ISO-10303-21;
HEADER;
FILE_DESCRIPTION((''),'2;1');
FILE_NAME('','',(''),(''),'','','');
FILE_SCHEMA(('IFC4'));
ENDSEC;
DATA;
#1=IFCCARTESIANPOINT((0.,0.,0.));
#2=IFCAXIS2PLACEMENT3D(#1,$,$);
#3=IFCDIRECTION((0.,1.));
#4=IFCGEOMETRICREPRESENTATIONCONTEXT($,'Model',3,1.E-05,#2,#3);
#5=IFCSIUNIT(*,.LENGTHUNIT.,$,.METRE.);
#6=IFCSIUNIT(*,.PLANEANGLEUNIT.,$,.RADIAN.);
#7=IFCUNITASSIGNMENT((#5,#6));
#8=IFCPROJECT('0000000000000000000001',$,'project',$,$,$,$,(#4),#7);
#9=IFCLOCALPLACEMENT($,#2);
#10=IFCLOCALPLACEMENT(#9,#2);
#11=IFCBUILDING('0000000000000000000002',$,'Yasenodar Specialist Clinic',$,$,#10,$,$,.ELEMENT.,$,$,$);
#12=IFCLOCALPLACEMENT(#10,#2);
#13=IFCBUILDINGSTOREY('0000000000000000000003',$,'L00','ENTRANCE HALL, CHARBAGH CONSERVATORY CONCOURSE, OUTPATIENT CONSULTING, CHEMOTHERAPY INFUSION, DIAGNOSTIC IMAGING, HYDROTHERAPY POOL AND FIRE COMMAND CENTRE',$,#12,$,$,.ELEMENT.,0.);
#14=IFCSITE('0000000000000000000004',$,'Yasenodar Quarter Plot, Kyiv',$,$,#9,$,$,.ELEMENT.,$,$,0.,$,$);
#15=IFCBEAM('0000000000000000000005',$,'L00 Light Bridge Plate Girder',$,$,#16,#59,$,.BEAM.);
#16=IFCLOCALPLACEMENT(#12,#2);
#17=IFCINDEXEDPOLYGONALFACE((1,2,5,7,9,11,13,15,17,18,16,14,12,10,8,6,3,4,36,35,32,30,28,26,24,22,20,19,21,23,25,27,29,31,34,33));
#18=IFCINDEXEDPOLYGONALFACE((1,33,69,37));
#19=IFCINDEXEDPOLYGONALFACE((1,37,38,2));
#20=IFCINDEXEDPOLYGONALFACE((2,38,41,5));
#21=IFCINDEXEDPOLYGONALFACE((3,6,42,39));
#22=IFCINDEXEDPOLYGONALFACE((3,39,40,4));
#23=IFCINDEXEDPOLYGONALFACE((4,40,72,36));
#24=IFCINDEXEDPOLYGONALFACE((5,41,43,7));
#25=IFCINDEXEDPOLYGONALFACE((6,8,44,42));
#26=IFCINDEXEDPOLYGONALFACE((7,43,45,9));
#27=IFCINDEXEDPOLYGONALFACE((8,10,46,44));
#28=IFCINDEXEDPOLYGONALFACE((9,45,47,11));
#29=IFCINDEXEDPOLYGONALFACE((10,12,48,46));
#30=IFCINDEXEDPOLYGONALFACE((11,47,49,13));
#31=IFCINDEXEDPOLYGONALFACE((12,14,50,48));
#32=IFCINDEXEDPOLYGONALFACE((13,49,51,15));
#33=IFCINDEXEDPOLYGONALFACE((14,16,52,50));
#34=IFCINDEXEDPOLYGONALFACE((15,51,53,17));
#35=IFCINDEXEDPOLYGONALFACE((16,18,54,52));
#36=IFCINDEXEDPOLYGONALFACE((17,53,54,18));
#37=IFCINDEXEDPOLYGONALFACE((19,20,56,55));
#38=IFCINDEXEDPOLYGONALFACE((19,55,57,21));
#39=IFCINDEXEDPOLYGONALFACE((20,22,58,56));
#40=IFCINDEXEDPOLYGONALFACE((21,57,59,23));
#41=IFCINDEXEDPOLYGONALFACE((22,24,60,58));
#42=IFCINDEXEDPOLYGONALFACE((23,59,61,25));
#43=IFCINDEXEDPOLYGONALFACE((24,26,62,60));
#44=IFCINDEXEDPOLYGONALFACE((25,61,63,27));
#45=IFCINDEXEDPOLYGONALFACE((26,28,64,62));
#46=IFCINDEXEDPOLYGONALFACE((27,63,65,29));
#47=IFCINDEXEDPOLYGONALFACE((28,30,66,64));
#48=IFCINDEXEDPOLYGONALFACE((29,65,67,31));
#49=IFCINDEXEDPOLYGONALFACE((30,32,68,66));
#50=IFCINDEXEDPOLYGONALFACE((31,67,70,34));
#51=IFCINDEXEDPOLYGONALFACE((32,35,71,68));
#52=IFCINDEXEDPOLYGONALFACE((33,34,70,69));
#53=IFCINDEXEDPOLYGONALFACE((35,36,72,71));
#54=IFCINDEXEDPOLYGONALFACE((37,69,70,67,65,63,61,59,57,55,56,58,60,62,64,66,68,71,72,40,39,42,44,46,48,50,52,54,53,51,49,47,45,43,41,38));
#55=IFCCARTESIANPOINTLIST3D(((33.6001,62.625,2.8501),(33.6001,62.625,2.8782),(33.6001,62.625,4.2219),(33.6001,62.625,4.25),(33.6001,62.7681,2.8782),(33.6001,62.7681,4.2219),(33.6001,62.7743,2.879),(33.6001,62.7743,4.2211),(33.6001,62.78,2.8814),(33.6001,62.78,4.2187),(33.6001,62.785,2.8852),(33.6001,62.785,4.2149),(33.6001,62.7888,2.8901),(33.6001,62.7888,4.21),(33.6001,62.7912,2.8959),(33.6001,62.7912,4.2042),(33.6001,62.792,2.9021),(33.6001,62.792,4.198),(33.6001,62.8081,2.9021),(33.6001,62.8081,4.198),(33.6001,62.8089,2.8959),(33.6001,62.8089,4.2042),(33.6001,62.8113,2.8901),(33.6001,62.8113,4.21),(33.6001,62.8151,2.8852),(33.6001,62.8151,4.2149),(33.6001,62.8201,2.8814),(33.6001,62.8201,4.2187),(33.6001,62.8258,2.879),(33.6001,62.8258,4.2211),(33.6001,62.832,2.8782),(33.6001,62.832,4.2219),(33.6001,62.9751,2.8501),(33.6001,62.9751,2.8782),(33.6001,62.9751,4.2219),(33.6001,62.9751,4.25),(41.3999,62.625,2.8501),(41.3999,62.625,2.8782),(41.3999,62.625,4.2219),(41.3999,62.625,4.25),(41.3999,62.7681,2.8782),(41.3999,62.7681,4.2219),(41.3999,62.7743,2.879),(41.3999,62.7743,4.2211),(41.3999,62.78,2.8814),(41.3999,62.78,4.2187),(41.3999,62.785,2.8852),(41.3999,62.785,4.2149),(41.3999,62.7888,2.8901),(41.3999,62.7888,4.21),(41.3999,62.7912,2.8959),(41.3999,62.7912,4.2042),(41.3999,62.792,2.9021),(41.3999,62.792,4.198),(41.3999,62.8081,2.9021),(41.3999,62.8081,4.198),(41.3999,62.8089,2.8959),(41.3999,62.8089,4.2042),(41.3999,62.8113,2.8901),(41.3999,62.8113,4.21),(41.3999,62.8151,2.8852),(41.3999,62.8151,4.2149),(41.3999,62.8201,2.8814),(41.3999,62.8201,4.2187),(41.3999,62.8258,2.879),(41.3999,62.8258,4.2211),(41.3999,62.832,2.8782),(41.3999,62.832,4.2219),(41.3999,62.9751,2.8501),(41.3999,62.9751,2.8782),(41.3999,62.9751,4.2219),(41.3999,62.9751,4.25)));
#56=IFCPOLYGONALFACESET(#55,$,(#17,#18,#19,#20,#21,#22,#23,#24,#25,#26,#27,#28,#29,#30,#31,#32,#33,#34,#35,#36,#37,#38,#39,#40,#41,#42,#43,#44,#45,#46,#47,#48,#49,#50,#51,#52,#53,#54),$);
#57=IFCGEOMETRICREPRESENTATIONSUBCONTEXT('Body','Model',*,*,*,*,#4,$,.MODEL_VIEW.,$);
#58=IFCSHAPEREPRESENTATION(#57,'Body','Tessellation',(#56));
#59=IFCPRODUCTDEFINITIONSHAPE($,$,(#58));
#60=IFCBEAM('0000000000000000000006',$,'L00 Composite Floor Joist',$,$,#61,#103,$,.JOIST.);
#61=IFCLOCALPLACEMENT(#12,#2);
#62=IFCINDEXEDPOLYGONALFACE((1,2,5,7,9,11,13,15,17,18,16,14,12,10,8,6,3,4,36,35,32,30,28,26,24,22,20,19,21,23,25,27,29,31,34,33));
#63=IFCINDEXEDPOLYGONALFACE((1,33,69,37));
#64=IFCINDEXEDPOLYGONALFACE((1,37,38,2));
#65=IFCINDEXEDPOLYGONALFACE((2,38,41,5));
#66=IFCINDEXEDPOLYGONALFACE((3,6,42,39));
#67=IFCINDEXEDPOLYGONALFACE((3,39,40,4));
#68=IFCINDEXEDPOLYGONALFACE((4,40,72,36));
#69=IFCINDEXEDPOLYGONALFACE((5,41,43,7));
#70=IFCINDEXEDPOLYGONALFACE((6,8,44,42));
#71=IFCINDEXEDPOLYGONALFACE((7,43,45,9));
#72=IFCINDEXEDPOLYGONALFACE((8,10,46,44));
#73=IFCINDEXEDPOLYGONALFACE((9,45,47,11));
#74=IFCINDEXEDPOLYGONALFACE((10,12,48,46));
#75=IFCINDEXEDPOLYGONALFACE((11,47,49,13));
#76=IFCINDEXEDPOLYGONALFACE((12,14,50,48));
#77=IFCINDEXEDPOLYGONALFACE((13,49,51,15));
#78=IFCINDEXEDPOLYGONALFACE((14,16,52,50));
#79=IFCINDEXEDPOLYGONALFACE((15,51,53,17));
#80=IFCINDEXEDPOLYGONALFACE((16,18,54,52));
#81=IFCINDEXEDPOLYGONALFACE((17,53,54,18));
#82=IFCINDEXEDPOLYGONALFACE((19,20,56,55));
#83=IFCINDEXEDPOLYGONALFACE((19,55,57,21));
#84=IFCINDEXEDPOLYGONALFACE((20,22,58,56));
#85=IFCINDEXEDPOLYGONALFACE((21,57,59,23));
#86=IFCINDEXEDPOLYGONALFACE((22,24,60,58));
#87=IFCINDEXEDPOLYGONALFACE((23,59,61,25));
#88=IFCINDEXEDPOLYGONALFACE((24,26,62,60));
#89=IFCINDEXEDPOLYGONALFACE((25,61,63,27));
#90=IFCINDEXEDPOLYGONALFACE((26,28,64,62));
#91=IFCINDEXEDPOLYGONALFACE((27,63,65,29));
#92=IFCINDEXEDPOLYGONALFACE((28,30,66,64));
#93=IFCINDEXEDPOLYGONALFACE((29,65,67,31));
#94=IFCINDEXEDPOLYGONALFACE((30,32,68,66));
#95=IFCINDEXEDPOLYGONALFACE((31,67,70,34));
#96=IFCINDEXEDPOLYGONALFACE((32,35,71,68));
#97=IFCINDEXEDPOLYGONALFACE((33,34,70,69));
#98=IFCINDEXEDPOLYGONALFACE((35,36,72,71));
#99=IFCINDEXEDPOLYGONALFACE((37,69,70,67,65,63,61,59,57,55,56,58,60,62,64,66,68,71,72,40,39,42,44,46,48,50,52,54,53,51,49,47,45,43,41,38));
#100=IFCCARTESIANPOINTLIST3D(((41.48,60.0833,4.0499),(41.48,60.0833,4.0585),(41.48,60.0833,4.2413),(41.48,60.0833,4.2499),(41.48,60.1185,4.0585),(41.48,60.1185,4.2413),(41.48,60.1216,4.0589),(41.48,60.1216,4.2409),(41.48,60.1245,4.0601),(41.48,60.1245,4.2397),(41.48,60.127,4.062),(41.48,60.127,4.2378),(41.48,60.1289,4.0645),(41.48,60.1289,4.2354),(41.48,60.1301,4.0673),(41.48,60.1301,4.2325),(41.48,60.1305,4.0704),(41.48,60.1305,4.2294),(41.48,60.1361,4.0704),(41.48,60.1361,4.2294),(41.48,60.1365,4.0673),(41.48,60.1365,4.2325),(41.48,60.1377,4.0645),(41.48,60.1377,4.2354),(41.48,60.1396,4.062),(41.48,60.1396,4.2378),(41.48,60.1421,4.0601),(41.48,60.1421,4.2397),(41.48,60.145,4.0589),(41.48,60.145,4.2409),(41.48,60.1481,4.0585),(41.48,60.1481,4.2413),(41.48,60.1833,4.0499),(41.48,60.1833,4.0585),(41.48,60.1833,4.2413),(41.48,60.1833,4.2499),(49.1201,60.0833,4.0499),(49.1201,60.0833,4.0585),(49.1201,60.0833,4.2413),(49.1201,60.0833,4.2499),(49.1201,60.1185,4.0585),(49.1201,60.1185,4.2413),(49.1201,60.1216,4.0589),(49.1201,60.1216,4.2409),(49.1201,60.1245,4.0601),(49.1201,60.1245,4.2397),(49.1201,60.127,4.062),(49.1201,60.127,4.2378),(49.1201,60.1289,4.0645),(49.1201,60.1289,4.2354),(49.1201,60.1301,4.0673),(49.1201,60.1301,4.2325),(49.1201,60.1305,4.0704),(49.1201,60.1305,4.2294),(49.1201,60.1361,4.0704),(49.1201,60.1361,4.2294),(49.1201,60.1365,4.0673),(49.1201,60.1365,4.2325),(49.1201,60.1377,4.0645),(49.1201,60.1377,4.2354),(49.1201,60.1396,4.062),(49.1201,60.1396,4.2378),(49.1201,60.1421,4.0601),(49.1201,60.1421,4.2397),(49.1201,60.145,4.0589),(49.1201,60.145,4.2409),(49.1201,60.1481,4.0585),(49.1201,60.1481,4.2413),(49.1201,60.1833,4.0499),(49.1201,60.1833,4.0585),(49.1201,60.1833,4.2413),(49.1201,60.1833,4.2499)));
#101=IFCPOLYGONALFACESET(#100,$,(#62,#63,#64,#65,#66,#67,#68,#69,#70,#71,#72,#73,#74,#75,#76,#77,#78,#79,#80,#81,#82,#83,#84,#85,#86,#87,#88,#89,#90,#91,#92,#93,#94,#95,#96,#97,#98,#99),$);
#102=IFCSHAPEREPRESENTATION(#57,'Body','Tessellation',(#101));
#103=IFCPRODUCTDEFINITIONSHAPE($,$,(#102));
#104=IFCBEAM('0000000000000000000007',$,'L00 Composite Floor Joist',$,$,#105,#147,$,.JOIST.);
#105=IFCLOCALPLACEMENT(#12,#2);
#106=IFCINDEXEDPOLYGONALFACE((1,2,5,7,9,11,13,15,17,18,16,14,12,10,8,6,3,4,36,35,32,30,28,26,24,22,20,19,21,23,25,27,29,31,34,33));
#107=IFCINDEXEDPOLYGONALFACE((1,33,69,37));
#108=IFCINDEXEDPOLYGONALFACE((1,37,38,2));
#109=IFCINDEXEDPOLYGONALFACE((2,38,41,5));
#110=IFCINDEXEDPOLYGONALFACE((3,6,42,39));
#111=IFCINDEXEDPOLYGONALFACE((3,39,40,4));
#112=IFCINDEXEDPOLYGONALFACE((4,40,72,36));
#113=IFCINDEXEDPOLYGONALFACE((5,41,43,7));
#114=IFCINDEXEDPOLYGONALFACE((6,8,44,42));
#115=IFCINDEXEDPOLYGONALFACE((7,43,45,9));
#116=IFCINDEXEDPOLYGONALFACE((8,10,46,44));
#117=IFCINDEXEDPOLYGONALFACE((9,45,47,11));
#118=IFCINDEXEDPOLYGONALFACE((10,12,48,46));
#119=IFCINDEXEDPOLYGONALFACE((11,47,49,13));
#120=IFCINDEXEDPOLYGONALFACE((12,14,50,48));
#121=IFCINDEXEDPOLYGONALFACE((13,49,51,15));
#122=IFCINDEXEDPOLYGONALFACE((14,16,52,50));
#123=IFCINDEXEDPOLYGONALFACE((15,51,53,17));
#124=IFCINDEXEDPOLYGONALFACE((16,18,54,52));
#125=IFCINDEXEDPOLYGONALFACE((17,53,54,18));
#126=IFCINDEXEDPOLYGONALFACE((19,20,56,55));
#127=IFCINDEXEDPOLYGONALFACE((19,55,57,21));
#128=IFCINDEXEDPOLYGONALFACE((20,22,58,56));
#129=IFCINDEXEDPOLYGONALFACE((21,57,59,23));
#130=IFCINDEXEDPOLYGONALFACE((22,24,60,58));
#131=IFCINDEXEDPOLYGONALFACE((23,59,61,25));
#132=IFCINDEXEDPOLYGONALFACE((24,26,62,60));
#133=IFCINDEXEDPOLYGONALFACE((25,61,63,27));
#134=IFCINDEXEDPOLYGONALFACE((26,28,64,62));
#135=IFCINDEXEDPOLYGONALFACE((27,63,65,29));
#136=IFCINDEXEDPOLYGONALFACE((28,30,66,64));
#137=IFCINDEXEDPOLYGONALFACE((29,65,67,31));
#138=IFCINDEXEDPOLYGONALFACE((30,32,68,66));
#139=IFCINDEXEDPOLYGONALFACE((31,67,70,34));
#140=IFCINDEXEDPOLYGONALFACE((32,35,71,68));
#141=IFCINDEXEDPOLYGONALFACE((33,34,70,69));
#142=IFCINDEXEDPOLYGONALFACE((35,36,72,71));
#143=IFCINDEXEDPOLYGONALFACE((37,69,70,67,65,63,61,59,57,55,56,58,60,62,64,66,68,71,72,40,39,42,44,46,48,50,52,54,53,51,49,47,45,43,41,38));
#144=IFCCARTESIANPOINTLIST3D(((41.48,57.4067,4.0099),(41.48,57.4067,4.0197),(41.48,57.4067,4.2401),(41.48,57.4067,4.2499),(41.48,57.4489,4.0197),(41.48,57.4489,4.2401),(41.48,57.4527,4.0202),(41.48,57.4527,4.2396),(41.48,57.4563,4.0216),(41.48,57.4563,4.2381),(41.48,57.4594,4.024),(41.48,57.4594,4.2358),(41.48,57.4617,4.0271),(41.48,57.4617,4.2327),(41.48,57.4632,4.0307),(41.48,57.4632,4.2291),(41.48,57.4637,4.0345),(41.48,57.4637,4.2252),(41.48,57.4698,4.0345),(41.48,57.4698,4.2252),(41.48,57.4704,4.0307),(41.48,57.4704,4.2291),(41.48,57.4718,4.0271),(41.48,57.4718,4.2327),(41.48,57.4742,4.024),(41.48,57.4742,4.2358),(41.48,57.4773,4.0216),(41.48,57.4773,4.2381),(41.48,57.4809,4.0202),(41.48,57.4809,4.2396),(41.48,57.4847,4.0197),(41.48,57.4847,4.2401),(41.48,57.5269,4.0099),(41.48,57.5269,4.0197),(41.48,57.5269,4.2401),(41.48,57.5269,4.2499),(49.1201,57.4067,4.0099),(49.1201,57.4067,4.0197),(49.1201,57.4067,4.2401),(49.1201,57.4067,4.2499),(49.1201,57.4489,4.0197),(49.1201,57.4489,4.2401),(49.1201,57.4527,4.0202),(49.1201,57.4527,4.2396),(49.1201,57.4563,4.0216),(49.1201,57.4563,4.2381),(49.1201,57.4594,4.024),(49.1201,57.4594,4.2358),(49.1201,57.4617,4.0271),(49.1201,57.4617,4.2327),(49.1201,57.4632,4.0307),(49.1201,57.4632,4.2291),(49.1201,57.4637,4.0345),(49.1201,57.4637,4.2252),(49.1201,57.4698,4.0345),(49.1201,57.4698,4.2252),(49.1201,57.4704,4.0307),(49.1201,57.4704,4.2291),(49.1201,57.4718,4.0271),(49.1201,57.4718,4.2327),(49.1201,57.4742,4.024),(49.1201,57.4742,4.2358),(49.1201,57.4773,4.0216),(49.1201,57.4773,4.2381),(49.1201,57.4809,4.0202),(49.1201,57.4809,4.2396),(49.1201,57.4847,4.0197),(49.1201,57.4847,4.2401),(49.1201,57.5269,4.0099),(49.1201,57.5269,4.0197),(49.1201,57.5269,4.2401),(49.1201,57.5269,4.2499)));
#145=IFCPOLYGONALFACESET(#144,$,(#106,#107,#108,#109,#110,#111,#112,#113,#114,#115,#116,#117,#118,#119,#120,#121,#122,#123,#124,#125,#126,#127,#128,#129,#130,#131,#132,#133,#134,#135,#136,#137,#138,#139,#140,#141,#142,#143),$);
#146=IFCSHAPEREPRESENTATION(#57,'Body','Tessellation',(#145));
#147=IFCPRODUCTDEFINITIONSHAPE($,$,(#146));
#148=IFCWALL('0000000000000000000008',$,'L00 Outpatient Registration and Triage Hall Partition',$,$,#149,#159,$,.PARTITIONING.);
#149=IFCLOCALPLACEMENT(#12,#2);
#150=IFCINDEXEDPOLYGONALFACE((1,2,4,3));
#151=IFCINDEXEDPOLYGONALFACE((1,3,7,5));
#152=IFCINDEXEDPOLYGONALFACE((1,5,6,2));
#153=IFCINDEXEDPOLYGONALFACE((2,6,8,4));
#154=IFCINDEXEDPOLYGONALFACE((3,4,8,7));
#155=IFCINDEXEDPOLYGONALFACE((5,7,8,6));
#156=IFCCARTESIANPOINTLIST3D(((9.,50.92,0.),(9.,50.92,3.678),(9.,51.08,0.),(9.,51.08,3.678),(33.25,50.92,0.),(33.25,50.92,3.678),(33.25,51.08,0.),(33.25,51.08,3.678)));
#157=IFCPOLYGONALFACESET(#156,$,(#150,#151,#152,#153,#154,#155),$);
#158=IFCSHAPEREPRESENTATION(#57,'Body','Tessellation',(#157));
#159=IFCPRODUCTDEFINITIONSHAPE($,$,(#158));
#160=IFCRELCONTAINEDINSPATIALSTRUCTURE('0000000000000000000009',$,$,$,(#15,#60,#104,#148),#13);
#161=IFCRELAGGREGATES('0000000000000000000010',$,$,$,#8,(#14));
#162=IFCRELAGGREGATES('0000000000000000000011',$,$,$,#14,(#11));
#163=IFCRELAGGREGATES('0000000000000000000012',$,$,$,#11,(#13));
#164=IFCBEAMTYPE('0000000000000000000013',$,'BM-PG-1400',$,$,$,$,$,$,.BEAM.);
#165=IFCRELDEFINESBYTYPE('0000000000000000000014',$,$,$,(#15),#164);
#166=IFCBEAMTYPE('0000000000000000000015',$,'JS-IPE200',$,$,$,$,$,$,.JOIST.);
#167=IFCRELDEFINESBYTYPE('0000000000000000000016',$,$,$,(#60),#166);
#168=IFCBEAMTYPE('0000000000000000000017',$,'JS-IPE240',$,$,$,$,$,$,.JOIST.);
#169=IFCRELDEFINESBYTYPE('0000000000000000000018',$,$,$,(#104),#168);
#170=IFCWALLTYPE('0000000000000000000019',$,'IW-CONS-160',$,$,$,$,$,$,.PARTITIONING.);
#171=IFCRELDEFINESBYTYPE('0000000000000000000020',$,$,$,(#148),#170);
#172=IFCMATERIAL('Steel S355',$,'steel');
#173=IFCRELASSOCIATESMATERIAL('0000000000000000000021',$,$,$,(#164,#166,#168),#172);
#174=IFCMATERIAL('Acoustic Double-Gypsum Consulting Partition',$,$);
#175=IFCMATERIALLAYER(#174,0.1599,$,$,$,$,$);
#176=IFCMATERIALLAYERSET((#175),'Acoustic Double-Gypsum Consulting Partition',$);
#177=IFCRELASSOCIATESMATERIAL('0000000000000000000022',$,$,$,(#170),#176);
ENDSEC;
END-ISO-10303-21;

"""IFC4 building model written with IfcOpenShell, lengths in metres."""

from ifc_helpers import new_model, si_unit, direction, frame, frame_2d, origin, origin_2d, place, context, subcontext, project, spatial, rectangle, i_section, extrude, material, layer, layer_set, material_profile, profile_set, type_object, element, save


model = new_model("IFC4")

# Units and contexts
model_context = context("Model", 3, precision=1e-05, world=origin(), true_north=direction((0.0, 1.0)))
body_context = subcontext(model_context, "Body", "Model", "MODEL_VIEW")
ifc_project = project(units=[si_unit("LENGTHUNIT", "METRE"), si_unit("PLANEANGLEUNIT", "RADIAN")], contexts=[model_context])

# Site, building, storey
site_placement = place(None, origin())
site = spatial("IfcSite", under=ifc_project, at=site_placement, Name="Yasenodar Quarter Plot, Kyiv", CompositionType="ELEMENT", RefElevation=0.0)
building_placement = place(site_placement, origin())
building = spatial("IfcBuilding", under=site, at=building_placement, Name="Yasenodar Specialist Clinic", CompositionType="ELEMENT")
storey_placement = place(building_placement, origin())
storey = spatial("IfcBuildingStorey", under=building, at=storey_placement, Name="L00", Description="ENTRANCE HALL, CHARBAGH CONSERVATORY CONCOURSE, OUTPATIENT CONSULTING, CHEMOTHERAPY INFUSION, DIAGNOSTIC IMAGING, HYDROTHERAPY POOL AND FIRE COMMAND CENTRE", CompositionType="ELEMENT", Elevation=0.0)

# Shared definitions
ifc_material_1 = material(Name="Steel S355", Category="steel")

# Beams
ifc_material_profile_1 = material_profile(ifc_material_1, i_section(OverallWidth=0.3501, OverallDepth=1.3999, WebThickness=0.0161, FlangeThickness=0.0281, FilletRadius=0.0239, at=origin_2d()), Name="PG 1400x350")
ifc_profile_set_1 = profile_set([ifc_material_profile_1], Name="Steel S355")
beam_type_1 = type_object("IfcBeamType", Name="BM-PG-1400", PredefinedType="BEAM", material=ifc_profile_set_1)
beam_1_placement = place(storey_placement, frame((33.6001, 62.8, 3.55), z_axis=(1.0, 0.0, 0.0), x_axis=(0.0, 1.0, 0.0)))
element("IfcBeam", 1, at=beam_1_placement, inside=storey, type_object=beam_type_1, Name="L00 Light Bridge Plate Girder", PredefinedType="BEAM", context=body_context, shape_type="SweptSolid", body=[
    extrude(i_section(OverallWidth=0.3501, OverallDepth=1.3999, WebThickness=0.0161, FlangeThickness=0.0281, FilletRadius=0.0239, at=origin_2d()), origin(), (0.0, 0.0, 1.0), 7.7998),
])
ifc_material_profile_2 = material_profile(ifc_material_1, i_section(OverallWidth=0.1001, OverallDepth=0.2, WebThickness=0.0056, FlangeThickness=0.0085, FilletRadius=0.012, at=origin_2d()), Name="IPE 200")
ifc_profile_set_2 = profile_set([ifc_material_profile_2], Name="Steel S355")
beam_type_2 = type_object("IfcBeamType", Name="JS-IPE200", PredefinedType="JOIST", material=ifc_profile_set_2)
beam_2_placement = place(storey_placement, frame((41.48, 60.1333, 4.1499), z_axis=(1.0, 0.0, 0.0), x_axis=(0.0, 1.0, 0.0)))
element("IfcBeam", 2, at=beam_2_placement, inside=storey, type_object=beam_type_2, Name="L00 Composite Floor Joist", PredefinedType="JOIST", context=body_context, shape_type="SweptSolid", body=[
    extrude(i_section(OverallWidth=0.1001, OverallDepth=0.2, WebThickness=0.0056, FlangeThickness=0.0085, FilletRadius=0.012, at=origin_2d()), origin(), (0.0, 0.0, 1.0), 7.6401),
])
ifc_material_profile_3 = material_profile(ifc_material_1, i_section(OverallWidth=0.1201, OverallDepth=0.24, WebThickness=0.0061, FlangeThickness=0.0098, FilletRadius=0.0149, at=origin_2d()), Name="IPE 240")
ifc_profile_set_3 = profile_set([ifc_material_profile_3], Name="Steel S355")
beam_type_3 = type_object("IfcBeamType", Name="JS-IPE240", PredefinedType="JOIST", material=ifc_profile_set_3)
beam_3_placement = place(storey_placement, frame((41.48, 57.4668, 4.1299), z_axis=(1.0, 0.0, 0.0), x_axis=(0.0, 1.0, 0.0)))
element("IfcBeam", 3, at=beam_3_placement, inside=storey, type_object=beam_type_3, Name="L00 Composite Floor Joist", PredefinedType="JOIST", context=body_context, shape_type="SweptSolid", body=[
    extrude(i_section(OverallWidth=0.1201, OverallDepth=0.24, WebThickness=0.0061, FlangeThickness=0.0098, FilletRadius=0.0149, at=origin_2d()), origin(), (0.0, 0.0, 1.0), 7.6401),
])

# Wall
ifc_material_2 = material(Name="Acoustic Double-Gypsum Consulting Partition")
ifc_layer = layer(ifc_material_2, 0.1599)
ifc_layer_set = layer_set([ifc_layer], Name="Acoustic Double-Gypsum Consulting Partition")
wall_type = type_object("IfcWallType", Name="IW-CONS-160", PredefinedType="PARTITIONING", material=ifc_layer_set)
wall_placement = place(storey_placement, frame((33.25, 51.0, 0.0), z_axis=(0.0, 0.0, 1.0), x_axis=(-1.0, 0.0, 0.0)))
element("IfcWall", 4, at=wall_placement, inside=storey, type_object=wall_type, Name="L00 Outpatient Registration and Triage Hall Partition", PredefinedType="PARTITIONING", context=body_context, shape_type="SweptSolid", body=[
    extrude(rectangle(XDim=24.25, YDim=0.1599, at=frame_2d((12.125, 0.0))), origin(), (0.0, 0.0, 1.0), 3.678),
])

save(model, "model.ifc")
